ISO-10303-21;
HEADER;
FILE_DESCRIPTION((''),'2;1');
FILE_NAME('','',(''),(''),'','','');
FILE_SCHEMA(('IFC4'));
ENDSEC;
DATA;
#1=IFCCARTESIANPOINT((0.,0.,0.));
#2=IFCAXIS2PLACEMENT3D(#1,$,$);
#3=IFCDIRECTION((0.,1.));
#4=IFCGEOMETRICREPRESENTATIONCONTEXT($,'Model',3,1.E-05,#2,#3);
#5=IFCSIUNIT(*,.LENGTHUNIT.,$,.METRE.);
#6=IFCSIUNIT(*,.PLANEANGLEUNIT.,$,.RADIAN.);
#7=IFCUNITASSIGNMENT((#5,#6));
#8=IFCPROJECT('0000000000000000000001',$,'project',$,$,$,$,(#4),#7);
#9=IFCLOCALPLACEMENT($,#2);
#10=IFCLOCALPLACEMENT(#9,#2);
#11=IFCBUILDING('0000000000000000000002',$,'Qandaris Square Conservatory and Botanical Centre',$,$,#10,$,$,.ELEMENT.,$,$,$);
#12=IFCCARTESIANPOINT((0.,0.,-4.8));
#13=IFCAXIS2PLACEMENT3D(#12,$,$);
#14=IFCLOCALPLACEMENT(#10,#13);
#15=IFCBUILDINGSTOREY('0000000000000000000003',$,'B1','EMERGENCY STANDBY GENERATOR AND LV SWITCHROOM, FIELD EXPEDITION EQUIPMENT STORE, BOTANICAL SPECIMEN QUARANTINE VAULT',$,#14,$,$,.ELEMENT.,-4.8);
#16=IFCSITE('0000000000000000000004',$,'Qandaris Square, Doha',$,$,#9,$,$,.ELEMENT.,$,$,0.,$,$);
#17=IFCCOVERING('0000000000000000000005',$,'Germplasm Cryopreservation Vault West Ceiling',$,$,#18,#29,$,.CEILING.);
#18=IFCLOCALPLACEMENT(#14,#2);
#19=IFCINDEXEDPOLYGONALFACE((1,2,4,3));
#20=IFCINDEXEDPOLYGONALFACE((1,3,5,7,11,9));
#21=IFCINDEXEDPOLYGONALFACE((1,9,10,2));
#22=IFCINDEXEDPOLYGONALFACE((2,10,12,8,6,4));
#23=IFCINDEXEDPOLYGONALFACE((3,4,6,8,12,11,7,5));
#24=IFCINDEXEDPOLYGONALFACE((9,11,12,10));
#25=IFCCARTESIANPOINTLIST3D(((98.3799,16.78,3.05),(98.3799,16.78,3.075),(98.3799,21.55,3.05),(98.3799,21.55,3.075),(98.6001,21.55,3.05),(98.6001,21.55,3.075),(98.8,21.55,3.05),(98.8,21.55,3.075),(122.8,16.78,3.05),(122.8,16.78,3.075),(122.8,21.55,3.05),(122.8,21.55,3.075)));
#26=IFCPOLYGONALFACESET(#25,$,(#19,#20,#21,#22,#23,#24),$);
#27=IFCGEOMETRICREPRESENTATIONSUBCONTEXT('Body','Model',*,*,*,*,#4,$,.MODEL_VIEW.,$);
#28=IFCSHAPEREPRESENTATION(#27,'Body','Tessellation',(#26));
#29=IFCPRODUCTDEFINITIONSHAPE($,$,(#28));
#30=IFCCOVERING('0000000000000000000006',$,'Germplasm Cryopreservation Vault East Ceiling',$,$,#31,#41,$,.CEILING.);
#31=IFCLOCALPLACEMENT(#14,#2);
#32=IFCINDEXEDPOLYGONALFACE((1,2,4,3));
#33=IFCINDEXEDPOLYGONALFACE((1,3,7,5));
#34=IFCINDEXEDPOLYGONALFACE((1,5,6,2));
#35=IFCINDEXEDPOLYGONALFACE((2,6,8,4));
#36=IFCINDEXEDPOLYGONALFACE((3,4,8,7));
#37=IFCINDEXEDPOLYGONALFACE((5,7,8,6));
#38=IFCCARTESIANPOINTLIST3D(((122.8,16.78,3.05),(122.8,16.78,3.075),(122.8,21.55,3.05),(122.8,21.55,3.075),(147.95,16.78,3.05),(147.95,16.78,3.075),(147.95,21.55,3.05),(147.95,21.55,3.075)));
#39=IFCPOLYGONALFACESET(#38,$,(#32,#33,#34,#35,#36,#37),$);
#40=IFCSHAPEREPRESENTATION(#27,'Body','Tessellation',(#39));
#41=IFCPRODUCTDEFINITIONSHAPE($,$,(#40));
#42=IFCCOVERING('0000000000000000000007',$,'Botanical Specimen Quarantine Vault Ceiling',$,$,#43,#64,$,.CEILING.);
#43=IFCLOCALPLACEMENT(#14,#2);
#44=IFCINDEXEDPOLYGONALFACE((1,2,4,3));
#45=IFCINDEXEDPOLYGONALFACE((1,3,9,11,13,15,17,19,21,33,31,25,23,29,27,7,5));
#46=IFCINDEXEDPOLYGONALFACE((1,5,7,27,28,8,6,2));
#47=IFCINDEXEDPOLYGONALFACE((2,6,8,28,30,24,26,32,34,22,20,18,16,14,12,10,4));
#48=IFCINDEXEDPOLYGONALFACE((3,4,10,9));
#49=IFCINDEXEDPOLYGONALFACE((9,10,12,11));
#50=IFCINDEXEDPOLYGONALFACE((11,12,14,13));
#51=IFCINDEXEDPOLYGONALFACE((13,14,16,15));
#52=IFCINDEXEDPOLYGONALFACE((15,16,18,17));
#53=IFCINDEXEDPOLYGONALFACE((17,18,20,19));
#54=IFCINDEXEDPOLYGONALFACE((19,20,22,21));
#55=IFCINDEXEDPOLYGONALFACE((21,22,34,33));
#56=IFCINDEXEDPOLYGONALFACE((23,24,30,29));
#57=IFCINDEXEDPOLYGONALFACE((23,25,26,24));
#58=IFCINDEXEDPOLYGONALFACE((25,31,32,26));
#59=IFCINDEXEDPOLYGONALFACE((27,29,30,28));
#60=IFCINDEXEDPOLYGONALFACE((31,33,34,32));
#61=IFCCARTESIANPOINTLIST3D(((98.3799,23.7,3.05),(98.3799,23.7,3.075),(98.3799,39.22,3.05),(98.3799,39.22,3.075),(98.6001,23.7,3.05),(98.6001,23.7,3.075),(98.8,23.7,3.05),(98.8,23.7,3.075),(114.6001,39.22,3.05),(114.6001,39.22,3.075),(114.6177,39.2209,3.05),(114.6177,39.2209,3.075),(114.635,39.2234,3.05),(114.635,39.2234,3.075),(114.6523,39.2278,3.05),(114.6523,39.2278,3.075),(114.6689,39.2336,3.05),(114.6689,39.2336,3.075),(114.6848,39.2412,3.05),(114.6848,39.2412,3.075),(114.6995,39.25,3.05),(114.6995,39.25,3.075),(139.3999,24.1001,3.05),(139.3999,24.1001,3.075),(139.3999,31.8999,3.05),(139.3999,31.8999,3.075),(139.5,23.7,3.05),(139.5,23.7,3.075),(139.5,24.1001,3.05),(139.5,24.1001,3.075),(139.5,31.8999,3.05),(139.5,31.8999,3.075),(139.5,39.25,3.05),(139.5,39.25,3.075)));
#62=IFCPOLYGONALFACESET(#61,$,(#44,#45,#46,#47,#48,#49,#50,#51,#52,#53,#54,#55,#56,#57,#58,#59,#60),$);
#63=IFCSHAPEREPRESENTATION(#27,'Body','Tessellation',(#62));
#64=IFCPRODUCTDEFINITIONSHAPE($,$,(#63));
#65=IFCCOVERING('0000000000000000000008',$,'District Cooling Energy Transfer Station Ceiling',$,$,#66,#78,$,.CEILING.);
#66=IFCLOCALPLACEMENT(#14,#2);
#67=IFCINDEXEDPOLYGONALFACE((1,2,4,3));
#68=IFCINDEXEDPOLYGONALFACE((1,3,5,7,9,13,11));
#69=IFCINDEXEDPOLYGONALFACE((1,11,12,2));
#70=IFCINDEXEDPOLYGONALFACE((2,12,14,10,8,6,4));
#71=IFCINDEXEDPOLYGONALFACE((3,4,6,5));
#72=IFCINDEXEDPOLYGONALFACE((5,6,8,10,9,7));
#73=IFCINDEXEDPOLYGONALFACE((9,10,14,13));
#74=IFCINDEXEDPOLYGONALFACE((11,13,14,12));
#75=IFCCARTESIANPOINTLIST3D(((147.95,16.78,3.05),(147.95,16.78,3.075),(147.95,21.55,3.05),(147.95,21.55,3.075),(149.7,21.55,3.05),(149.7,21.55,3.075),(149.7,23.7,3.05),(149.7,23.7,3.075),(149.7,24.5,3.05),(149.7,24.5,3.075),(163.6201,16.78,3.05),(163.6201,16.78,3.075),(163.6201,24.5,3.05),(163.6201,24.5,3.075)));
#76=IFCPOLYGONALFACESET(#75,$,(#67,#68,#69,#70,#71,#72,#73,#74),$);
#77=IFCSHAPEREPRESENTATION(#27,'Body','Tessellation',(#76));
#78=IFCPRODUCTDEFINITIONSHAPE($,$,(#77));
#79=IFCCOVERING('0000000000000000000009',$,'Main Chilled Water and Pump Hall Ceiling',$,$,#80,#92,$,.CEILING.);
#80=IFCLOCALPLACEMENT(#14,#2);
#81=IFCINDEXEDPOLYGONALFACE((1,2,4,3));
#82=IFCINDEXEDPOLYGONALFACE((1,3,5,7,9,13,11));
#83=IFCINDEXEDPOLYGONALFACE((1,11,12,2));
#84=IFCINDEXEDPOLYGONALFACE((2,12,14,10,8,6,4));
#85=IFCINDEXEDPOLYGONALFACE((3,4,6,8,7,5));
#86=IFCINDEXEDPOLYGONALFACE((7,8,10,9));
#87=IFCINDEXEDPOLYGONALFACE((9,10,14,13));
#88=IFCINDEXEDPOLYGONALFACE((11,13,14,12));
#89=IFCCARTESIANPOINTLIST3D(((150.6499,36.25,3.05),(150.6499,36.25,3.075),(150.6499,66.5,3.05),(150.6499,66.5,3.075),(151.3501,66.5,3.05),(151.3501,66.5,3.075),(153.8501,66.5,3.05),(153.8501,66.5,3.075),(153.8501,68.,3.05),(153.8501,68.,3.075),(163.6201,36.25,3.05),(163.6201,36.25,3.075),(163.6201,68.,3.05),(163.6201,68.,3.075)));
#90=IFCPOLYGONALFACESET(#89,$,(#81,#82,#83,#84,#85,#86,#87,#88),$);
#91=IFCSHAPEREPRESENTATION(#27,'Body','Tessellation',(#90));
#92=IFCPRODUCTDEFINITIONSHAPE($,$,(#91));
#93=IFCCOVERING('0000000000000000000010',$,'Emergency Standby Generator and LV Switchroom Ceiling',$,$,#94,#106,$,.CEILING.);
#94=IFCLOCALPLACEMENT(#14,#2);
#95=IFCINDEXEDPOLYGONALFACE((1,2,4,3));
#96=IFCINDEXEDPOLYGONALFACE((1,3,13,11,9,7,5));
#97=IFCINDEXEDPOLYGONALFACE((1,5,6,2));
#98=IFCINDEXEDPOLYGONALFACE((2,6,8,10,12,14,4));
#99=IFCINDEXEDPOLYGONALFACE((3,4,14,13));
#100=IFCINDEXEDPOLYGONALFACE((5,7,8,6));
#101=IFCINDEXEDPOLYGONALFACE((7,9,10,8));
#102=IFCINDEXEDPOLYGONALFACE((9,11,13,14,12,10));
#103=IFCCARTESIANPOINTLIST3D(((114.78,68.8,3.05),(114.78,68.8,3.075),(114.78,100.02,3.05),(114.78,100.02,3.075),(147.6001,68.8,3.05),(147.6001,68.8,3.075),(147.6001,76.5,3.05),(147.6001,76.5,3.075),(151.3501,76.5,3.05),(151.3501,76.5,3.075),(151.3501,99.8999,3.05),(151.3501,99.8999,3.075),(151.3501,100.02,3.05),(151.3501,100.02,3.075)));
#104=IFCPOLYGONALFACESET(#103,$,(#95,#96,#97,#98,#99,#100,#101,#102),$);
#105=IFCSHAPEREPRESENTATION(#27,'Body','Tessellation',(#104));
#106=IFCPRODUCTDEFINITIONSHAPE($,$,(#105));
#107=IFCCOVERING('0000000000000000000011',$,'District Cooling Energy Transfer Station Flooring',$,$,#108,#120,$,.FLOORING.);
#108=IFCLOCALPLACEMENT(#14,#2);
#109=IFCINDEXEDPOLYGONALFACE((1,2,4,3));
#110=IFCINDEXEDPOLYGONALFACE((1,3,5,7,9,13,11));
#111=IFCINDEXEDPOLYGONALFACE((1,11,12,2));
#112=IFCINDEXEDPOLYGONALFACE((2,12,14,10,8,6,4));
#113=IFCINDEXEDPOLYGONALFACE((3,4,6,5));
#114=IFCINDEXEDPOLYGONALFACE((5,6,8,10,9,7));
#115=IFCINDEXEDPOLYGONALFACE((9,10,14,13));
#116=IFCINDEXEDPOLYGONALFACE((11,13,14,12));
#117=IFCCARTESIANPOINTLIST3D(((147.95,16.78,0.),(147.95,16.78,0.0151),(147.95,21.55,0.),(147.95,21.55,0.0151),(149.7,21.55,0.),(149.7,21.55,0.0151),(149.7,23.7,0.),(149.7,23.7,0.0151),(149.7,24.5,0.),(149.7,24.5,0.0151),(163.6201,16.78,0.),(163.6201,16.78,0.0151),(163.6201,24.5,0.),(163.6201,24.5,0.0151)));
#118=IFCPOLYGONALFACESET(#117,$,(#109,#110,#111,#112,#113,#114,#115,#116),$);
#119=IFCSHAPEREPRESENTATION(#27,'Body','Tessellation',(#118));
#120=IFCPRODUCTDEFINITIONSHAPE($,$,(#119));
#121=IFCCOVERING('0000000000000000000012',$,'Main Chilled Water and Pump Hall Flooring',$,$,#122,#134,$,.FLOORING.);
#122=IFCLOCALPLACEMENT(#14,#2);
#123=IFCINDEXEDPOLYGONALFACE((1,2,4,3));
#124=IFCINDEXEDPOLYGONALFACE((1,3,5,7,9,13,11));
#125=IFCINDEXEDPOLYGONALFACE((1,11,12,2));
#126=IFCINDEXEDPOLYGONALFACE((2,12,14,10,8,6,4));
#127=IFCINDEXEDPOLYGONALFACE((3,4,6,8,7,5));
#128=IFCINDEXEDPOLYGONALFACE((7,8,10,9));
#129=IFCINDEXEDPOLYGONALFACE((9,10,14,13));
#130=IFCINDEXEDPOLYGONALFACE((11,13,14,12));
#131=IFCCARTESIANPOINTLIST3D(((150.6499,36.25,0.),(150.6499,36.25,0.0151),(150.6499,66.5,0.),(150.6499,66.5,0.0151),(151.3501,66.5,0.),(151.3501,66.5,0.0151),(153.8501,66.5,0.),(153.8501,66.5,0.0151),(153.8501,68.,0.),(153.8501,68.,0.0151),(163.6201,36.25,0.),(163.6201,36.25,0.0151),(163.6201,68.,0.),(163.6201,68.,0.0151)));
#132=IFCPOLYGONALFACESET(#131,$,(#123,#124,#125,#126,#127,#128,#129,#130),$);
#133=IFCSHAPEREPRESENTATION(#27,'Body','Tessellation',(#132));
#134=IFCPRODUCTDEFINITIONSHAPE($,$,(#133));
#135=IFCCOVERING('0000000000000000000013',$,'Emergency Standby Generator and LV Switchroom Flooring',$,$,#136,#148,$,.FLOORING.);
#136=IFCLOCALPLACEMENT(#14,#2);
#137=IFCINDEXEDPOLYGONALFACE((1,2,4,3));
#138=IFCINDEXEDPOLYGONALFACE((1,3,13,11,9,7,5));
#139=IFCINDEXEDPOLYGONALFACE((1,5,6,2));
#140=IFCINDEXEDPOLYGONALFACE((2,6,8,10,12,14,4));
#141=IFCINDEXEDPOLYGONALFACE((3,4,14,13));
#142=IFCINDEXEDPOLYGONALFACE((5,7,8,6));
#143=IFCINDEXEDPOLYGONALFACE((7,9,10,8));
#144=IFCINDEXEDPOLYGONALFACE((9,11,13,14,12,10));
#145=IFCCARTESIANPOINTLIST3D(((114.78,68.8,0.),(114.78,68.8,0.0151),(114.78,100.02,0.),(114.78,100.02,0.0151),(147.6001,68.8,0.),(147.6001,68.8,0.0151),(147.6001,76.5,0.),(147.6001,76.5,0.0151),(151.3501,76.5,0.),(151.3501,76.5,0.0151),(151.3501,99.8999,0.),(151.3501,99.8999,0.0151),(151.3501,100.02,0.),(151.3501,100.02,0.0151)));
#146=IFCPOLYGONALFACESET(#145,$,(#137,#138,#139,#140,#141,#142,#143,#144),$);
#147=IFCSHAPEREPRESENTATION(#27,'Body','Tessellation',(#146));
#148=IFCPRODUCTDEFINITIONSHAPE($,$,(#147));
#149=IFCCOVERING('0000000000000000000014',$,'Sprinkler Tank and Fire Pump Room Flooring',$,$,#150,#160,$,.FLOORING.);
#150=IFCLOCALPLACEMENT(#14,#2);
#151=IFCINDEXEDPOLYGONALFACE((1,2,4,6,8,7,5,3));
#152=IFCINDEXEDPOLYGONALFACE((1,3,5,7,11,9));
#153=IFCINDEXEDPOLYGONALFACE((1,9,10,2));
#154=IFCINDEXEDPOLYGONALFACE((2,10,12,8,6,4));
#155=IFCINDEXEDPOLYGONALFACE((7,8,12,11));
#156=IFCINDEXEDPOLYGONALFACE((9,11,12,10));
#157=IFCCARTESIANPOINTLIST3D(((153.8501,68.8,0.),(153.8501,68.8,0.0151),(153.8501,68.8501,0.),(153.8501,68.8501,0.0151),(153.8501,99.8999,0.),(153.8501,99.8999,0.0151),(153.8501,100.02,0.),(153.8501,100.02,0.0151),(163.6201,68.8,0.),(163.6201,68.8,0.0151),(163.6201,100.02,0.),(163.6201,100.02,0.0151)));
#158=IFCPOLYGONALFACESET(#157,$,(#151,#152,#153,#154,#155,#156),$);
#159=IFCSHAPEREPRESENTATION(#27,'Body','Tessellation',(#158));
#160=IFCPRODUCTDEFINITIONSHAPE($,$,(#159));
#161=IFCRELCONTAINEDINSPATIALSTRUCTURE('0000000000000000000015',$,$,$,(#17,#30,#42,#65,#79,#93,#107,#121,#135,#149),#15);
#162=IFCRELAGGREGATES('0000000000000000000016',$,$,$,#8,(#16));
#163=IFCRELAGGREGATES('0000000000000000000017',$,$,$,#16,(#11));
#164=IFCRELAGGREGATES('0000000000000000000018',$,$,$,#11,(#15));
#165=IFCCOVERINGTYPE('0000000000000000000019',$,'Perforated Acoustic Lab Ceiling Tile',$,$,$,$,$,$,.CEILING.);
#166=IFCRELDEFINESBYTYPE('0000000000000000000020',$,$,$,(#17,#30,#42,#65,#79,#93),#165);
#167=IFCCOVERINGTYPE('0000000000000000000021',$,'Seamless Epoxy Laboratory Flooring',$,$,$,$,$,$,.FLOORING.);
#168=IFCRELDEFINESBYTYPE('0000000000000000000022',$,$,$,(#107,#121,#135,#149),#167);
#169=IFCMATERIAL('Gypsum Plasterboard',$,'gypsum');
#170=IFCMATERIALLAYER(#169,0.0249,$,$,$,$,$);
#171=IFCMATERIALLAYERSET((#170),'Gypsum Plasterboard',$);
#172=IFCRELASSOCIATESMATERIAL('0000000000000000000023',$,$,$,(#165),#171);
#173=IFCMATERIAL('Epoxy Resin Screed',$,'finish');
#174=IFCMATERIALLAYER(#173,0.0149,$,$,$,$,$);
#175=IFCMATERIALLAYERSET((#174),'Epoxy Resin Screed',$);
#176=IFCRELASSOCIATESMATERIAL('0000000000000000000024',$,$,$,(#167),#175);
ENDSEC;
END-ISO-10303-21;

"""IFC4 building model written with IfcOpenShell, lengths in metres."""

from ifc_helpers import new_model, si_unit, direction, frame, origin, place, context, subcontext, project, spatial, polyline, outline, extrude, material, layer, layer_set, type_object, element, save


model = new_model("IFC4")

# Units and contexts
model_context = context("Model", 3, precision=1e-05, world=origin(), true_north=direction((0.0, 1.0)))
body_context = subcontext(model_context, "Body", "Model", "MODEL_VIEW")
ifc_project = project(units=[si_unit("LENGTHUNIT", "METRE"), si_unit("PLANEANGLEUNIT", "RADIAN")], contexts=[model_context])

# Site, building, storey
site_placement = place(None, origin())
site = spatial("IfcSite", under=ifc_project, at=site_placement, Name="Qandaris Square, Doha", CompositionType="ELEMENT", RefElevation=0.0)
building_placement = place(site_placement, origin())
building = spatial("IfcBuilding", under=site, at=building_placement, Name="Qandaris Square Conservatory and Botanical Centre", CompositionType="ELEMENT")
storey_placement = place(building_placement, frame((0.0, 0.0, -4.8)))
storey = spatial("IfcBuildingStorey", under=building, at=storey_placement, Name="B1", Description="EMERGENCY STANDBY GENERATOR AND LV SWITCHROOM, FIELD EXPEDITION EQUIPMENT STORE, BOTANICAL SPECIMEN QUARANTINE VAULT", CompositionType="ELEMENT", Elevation=-4.8)

# Coverings
ifc_material_1 = material(Name="Gypsum Plasterboard", Category="gypsum")
ifc_layer_1 = layer(ifc_material_1, 0.0249)
ifc_layer_set_1 = layer_set([ifc_layer_1], Name="Gypsum Plasterboard")
covering_type_1 = type_object("IfcCoveringType", Name="Perforated Acoustic Lab Ceiling Tile", PredefinedType="CEILING", material=ifc_layer_set_1)
covering_1_placement = place(storey_placement, frame((0.0, 0.0, 3.05)))
element("IfcCovering", 1, at=covering_1_placement, inside=storey, type_object=covering_type_1, Name="Germplasm Cryopreservation Vault West Ceiling", PredefinedType="CEILING", context=body_context, shape_type="SweptSolid", body=[
    extrude(outline(polyline([(122.8, 21.55), (122.8, 16.78), (98.3799, 16.78), (98.3799, 21.55), (98.6001, 21.55), (98.8, 21.55), (122.8, 21.55)])), origin(), (0.0, 0.0, 1.0), 0.0249),
])
covering_2_placement = place(storey_placement, frame((0.0, 0.0, 3.05)))
element("IfcCovering", 2, at=covering_2_placement, inside=storey, type_object=covering_type_1, Name="Germplasm Cryopreservation Vault East Ceiling", PredefinedType="CEILING", context=body_context, shape_type="SweptSolid", body=[
    extrude(outline(polyline([(122.8, 16.78), (122.8, 21.55), (147.95, 21.55), (147.95, 16.78), (122.8, 16.78)])), origin(), (0.0, 0.0, 1.0), 0.0249),
])
covering_3_placement = place(storey_placement, frame((0.0, 0.0, 3.05)))
element("IfcCovering", 3, at=covering_3_placement, inside=storey, type_object=covering_type_1, Name="Botanical Specimen Quarantine Vault Ceiling", PredefinedType="CEILING", context=body_context, shape_type="SweptSolid", body=[
    extrude(outline(polyline([(98.3799, 23.7), (98.3799, 39.22), (114.6001, 39.22), (114.6177, 39.2209), (114.635, 39.2234), (114.6523, 39.2278), (114.6689, 39.2336), (114.6848, 39.2412), (114.6995, 39.25), (139.5, 39.25), (139.5, 31.8999), (139.3999, 31.8999), (139.3999, 24.1001), (139.5, 24.1001), (139.5, 23.7), (98.8, 23.7), (98.6001, 23.7), (98.3799, 23.7)])), origin(), (0.0, 0.0, 1.0), 0.0249),
])
covering_4_placement = place(storey_placement, frame((0.0, 0.0, 3.05)))
element("IfcCovering", 4, at=covering_4_placement, inside=storey, type_object=covering_type_1, Name="District Cooling Energy Transfer Station Ceiling", PredefinedType="CEILING", context=body_context, shape_type="SweptSolid", body=[
    extrude(outline(polyline([(149.7, 24.5), (163.6201, 24.5), (163.6201, 16.78), (147.95, 16.78), (147.95, 21.55), (149.7, 21.55), (149.7, 23.7), (149.7, 24.5)])), origin(), (0.0, 0.0, 1.0), 0.0249),
])
covering_5_placement = place(storey_placement, frame((0.0, 0.0, 3.05)))
element("IfcCovering", 5, at=covering_5_placement, inside=storey, type_object=covering_type_1, Name="Main Chilled Water and Pump Hall Ceiling", PredefinedType="CEILING", context=body_context, shape_type="SweptSolid", body=[
    extrude(outline(polyline([(153.8501, 66.5), (153.8501, 68.0), (163.6201, 68.0), (163.6201, 36.25), (150.6499, 36.25), (150.6499, 66.5), (151.3501, 66.5), (153.8501, 66.5)])), origin(), (0.0, 0.0, 1.0), 0.0249),
])
covering_6_placement = place(storey_placement, frame((0.0, 0.0, 3.05)))
element("IfcCovering", 6, at=covering_6_placement, inside=storey, type_object=covering_type_1, Name="Emergency Standby Generator and LV Switchroom Ceiling", PredefinedType="CEILING", context=body_context, shape_type="SweptSolid", body=[
    extrude(outline(polyline([(114.78, 68.8), (114.78, 100.02), (151.3501, 100.02), (151.3501, 99.8999), (151.3501, 76.5), (147.6001, 76.5), (147.6001, 68.8), (114.78, 68.8)])), origin(), (0.0, 0.0, 1.0), 0.0249),
])
ifc_material_2 = material(Name="Epoxy Resin Screed", Category="finish")
ifc_layer_2 = layer(ifc_material_2, 0.0149)
ifc_layer_set_2 = layer_set([ifc_layer_2], Name="Epoxy Resin Screed")
covering_type_2 = type_object("IfcCoveringType", Name="Seamless Epoxy Laboratory Flooring", PredefinedType="FLOORING", material=ifc_layer_set_2)
covering_7_placement = place(storey_placement, origin())
element("IfcCovering", 7, at=covering_7_placement, inside=storey, type_object=covering_type_2, Name="District Cooling Energy Transfer Station Flooring", PredefinedType="FLOORING", context=body_context, shape_type="SweptSolid", body=[
    extrude(outline(polyline([(149.7, 24.5), (163.6201, 24.5), (163.6201, 16.78), (147.95, 16.78), (147.95, 21.55), (149.7, 21.55), (149.7, 23.7), (149.7, 24.5)])), origin(), (0.0, 0.0, 1.0), 0.0151),
])
covering_8_placement = place(storey_placement, origin())
element("IfcCovering", 8, at=covering_8_placement, inside=storey, type_object=covering_type_2, Name="Main Chilled Water and Pump Hall Flooring", PredefinedType="FLOORING", context=body_context, shape_type="SweptSolid", body=[
    extrude(outline(polyline([(153.8501, 66.5), (153.8501, 68.0), (163.6201, 68.0), (163.6201, 36.25), (150.6499, 36.25), (150.6499, 66.5), (151.3501, 66.5), (153.8501, 66.5)])), origin(), (0.0, 0.0, 1.0), 0.0151),
])
covering_9_placement = place(storey_placement, origin())
element("IfcCovering", 9, at=covering_9_placement, inside=storey, type_object=covering_type_2, Name="Emergency Standby Generator and LV Switchroom Flooring", PredefinedType="FLOORING", context=body_context, shape_type="SweptSolid", body=[
    extrude(outline(polyline([(114.78, 68.8), (114.78, 100.02), (151.3501, 100.02), (151.3501, 99.8999), (151.3501, 76.5), (147.6001, 76.5), (147.6001, 68.8), (114.78, 68.8)])), origin(), (0.0, 0.0, 1.0), 0.0151),
])
covering_10_placement = place(storey_placement, origin())
element("IfcCovering", 10, at=covering_10_placement, inside=storey, type_object=covering_type_2, Name="Sprinkler Tank and Fire Pump Room Flooring", PredefinedType="FLOORING", context=body_context, shape_type="SweptSolid", body=[
    extrude(outline(polyline([(153.8501, 100.02), (163.6201, 100.02), (163.6201, 68.8), (153.8501, 68.8), (153.8501, 68.8501), (153.8501, 99.8999), (153.8501, 100.02)])), origin(), (0.0, 0.0, 1.0), 0.0151),
])

save(model, "model.ifc")
